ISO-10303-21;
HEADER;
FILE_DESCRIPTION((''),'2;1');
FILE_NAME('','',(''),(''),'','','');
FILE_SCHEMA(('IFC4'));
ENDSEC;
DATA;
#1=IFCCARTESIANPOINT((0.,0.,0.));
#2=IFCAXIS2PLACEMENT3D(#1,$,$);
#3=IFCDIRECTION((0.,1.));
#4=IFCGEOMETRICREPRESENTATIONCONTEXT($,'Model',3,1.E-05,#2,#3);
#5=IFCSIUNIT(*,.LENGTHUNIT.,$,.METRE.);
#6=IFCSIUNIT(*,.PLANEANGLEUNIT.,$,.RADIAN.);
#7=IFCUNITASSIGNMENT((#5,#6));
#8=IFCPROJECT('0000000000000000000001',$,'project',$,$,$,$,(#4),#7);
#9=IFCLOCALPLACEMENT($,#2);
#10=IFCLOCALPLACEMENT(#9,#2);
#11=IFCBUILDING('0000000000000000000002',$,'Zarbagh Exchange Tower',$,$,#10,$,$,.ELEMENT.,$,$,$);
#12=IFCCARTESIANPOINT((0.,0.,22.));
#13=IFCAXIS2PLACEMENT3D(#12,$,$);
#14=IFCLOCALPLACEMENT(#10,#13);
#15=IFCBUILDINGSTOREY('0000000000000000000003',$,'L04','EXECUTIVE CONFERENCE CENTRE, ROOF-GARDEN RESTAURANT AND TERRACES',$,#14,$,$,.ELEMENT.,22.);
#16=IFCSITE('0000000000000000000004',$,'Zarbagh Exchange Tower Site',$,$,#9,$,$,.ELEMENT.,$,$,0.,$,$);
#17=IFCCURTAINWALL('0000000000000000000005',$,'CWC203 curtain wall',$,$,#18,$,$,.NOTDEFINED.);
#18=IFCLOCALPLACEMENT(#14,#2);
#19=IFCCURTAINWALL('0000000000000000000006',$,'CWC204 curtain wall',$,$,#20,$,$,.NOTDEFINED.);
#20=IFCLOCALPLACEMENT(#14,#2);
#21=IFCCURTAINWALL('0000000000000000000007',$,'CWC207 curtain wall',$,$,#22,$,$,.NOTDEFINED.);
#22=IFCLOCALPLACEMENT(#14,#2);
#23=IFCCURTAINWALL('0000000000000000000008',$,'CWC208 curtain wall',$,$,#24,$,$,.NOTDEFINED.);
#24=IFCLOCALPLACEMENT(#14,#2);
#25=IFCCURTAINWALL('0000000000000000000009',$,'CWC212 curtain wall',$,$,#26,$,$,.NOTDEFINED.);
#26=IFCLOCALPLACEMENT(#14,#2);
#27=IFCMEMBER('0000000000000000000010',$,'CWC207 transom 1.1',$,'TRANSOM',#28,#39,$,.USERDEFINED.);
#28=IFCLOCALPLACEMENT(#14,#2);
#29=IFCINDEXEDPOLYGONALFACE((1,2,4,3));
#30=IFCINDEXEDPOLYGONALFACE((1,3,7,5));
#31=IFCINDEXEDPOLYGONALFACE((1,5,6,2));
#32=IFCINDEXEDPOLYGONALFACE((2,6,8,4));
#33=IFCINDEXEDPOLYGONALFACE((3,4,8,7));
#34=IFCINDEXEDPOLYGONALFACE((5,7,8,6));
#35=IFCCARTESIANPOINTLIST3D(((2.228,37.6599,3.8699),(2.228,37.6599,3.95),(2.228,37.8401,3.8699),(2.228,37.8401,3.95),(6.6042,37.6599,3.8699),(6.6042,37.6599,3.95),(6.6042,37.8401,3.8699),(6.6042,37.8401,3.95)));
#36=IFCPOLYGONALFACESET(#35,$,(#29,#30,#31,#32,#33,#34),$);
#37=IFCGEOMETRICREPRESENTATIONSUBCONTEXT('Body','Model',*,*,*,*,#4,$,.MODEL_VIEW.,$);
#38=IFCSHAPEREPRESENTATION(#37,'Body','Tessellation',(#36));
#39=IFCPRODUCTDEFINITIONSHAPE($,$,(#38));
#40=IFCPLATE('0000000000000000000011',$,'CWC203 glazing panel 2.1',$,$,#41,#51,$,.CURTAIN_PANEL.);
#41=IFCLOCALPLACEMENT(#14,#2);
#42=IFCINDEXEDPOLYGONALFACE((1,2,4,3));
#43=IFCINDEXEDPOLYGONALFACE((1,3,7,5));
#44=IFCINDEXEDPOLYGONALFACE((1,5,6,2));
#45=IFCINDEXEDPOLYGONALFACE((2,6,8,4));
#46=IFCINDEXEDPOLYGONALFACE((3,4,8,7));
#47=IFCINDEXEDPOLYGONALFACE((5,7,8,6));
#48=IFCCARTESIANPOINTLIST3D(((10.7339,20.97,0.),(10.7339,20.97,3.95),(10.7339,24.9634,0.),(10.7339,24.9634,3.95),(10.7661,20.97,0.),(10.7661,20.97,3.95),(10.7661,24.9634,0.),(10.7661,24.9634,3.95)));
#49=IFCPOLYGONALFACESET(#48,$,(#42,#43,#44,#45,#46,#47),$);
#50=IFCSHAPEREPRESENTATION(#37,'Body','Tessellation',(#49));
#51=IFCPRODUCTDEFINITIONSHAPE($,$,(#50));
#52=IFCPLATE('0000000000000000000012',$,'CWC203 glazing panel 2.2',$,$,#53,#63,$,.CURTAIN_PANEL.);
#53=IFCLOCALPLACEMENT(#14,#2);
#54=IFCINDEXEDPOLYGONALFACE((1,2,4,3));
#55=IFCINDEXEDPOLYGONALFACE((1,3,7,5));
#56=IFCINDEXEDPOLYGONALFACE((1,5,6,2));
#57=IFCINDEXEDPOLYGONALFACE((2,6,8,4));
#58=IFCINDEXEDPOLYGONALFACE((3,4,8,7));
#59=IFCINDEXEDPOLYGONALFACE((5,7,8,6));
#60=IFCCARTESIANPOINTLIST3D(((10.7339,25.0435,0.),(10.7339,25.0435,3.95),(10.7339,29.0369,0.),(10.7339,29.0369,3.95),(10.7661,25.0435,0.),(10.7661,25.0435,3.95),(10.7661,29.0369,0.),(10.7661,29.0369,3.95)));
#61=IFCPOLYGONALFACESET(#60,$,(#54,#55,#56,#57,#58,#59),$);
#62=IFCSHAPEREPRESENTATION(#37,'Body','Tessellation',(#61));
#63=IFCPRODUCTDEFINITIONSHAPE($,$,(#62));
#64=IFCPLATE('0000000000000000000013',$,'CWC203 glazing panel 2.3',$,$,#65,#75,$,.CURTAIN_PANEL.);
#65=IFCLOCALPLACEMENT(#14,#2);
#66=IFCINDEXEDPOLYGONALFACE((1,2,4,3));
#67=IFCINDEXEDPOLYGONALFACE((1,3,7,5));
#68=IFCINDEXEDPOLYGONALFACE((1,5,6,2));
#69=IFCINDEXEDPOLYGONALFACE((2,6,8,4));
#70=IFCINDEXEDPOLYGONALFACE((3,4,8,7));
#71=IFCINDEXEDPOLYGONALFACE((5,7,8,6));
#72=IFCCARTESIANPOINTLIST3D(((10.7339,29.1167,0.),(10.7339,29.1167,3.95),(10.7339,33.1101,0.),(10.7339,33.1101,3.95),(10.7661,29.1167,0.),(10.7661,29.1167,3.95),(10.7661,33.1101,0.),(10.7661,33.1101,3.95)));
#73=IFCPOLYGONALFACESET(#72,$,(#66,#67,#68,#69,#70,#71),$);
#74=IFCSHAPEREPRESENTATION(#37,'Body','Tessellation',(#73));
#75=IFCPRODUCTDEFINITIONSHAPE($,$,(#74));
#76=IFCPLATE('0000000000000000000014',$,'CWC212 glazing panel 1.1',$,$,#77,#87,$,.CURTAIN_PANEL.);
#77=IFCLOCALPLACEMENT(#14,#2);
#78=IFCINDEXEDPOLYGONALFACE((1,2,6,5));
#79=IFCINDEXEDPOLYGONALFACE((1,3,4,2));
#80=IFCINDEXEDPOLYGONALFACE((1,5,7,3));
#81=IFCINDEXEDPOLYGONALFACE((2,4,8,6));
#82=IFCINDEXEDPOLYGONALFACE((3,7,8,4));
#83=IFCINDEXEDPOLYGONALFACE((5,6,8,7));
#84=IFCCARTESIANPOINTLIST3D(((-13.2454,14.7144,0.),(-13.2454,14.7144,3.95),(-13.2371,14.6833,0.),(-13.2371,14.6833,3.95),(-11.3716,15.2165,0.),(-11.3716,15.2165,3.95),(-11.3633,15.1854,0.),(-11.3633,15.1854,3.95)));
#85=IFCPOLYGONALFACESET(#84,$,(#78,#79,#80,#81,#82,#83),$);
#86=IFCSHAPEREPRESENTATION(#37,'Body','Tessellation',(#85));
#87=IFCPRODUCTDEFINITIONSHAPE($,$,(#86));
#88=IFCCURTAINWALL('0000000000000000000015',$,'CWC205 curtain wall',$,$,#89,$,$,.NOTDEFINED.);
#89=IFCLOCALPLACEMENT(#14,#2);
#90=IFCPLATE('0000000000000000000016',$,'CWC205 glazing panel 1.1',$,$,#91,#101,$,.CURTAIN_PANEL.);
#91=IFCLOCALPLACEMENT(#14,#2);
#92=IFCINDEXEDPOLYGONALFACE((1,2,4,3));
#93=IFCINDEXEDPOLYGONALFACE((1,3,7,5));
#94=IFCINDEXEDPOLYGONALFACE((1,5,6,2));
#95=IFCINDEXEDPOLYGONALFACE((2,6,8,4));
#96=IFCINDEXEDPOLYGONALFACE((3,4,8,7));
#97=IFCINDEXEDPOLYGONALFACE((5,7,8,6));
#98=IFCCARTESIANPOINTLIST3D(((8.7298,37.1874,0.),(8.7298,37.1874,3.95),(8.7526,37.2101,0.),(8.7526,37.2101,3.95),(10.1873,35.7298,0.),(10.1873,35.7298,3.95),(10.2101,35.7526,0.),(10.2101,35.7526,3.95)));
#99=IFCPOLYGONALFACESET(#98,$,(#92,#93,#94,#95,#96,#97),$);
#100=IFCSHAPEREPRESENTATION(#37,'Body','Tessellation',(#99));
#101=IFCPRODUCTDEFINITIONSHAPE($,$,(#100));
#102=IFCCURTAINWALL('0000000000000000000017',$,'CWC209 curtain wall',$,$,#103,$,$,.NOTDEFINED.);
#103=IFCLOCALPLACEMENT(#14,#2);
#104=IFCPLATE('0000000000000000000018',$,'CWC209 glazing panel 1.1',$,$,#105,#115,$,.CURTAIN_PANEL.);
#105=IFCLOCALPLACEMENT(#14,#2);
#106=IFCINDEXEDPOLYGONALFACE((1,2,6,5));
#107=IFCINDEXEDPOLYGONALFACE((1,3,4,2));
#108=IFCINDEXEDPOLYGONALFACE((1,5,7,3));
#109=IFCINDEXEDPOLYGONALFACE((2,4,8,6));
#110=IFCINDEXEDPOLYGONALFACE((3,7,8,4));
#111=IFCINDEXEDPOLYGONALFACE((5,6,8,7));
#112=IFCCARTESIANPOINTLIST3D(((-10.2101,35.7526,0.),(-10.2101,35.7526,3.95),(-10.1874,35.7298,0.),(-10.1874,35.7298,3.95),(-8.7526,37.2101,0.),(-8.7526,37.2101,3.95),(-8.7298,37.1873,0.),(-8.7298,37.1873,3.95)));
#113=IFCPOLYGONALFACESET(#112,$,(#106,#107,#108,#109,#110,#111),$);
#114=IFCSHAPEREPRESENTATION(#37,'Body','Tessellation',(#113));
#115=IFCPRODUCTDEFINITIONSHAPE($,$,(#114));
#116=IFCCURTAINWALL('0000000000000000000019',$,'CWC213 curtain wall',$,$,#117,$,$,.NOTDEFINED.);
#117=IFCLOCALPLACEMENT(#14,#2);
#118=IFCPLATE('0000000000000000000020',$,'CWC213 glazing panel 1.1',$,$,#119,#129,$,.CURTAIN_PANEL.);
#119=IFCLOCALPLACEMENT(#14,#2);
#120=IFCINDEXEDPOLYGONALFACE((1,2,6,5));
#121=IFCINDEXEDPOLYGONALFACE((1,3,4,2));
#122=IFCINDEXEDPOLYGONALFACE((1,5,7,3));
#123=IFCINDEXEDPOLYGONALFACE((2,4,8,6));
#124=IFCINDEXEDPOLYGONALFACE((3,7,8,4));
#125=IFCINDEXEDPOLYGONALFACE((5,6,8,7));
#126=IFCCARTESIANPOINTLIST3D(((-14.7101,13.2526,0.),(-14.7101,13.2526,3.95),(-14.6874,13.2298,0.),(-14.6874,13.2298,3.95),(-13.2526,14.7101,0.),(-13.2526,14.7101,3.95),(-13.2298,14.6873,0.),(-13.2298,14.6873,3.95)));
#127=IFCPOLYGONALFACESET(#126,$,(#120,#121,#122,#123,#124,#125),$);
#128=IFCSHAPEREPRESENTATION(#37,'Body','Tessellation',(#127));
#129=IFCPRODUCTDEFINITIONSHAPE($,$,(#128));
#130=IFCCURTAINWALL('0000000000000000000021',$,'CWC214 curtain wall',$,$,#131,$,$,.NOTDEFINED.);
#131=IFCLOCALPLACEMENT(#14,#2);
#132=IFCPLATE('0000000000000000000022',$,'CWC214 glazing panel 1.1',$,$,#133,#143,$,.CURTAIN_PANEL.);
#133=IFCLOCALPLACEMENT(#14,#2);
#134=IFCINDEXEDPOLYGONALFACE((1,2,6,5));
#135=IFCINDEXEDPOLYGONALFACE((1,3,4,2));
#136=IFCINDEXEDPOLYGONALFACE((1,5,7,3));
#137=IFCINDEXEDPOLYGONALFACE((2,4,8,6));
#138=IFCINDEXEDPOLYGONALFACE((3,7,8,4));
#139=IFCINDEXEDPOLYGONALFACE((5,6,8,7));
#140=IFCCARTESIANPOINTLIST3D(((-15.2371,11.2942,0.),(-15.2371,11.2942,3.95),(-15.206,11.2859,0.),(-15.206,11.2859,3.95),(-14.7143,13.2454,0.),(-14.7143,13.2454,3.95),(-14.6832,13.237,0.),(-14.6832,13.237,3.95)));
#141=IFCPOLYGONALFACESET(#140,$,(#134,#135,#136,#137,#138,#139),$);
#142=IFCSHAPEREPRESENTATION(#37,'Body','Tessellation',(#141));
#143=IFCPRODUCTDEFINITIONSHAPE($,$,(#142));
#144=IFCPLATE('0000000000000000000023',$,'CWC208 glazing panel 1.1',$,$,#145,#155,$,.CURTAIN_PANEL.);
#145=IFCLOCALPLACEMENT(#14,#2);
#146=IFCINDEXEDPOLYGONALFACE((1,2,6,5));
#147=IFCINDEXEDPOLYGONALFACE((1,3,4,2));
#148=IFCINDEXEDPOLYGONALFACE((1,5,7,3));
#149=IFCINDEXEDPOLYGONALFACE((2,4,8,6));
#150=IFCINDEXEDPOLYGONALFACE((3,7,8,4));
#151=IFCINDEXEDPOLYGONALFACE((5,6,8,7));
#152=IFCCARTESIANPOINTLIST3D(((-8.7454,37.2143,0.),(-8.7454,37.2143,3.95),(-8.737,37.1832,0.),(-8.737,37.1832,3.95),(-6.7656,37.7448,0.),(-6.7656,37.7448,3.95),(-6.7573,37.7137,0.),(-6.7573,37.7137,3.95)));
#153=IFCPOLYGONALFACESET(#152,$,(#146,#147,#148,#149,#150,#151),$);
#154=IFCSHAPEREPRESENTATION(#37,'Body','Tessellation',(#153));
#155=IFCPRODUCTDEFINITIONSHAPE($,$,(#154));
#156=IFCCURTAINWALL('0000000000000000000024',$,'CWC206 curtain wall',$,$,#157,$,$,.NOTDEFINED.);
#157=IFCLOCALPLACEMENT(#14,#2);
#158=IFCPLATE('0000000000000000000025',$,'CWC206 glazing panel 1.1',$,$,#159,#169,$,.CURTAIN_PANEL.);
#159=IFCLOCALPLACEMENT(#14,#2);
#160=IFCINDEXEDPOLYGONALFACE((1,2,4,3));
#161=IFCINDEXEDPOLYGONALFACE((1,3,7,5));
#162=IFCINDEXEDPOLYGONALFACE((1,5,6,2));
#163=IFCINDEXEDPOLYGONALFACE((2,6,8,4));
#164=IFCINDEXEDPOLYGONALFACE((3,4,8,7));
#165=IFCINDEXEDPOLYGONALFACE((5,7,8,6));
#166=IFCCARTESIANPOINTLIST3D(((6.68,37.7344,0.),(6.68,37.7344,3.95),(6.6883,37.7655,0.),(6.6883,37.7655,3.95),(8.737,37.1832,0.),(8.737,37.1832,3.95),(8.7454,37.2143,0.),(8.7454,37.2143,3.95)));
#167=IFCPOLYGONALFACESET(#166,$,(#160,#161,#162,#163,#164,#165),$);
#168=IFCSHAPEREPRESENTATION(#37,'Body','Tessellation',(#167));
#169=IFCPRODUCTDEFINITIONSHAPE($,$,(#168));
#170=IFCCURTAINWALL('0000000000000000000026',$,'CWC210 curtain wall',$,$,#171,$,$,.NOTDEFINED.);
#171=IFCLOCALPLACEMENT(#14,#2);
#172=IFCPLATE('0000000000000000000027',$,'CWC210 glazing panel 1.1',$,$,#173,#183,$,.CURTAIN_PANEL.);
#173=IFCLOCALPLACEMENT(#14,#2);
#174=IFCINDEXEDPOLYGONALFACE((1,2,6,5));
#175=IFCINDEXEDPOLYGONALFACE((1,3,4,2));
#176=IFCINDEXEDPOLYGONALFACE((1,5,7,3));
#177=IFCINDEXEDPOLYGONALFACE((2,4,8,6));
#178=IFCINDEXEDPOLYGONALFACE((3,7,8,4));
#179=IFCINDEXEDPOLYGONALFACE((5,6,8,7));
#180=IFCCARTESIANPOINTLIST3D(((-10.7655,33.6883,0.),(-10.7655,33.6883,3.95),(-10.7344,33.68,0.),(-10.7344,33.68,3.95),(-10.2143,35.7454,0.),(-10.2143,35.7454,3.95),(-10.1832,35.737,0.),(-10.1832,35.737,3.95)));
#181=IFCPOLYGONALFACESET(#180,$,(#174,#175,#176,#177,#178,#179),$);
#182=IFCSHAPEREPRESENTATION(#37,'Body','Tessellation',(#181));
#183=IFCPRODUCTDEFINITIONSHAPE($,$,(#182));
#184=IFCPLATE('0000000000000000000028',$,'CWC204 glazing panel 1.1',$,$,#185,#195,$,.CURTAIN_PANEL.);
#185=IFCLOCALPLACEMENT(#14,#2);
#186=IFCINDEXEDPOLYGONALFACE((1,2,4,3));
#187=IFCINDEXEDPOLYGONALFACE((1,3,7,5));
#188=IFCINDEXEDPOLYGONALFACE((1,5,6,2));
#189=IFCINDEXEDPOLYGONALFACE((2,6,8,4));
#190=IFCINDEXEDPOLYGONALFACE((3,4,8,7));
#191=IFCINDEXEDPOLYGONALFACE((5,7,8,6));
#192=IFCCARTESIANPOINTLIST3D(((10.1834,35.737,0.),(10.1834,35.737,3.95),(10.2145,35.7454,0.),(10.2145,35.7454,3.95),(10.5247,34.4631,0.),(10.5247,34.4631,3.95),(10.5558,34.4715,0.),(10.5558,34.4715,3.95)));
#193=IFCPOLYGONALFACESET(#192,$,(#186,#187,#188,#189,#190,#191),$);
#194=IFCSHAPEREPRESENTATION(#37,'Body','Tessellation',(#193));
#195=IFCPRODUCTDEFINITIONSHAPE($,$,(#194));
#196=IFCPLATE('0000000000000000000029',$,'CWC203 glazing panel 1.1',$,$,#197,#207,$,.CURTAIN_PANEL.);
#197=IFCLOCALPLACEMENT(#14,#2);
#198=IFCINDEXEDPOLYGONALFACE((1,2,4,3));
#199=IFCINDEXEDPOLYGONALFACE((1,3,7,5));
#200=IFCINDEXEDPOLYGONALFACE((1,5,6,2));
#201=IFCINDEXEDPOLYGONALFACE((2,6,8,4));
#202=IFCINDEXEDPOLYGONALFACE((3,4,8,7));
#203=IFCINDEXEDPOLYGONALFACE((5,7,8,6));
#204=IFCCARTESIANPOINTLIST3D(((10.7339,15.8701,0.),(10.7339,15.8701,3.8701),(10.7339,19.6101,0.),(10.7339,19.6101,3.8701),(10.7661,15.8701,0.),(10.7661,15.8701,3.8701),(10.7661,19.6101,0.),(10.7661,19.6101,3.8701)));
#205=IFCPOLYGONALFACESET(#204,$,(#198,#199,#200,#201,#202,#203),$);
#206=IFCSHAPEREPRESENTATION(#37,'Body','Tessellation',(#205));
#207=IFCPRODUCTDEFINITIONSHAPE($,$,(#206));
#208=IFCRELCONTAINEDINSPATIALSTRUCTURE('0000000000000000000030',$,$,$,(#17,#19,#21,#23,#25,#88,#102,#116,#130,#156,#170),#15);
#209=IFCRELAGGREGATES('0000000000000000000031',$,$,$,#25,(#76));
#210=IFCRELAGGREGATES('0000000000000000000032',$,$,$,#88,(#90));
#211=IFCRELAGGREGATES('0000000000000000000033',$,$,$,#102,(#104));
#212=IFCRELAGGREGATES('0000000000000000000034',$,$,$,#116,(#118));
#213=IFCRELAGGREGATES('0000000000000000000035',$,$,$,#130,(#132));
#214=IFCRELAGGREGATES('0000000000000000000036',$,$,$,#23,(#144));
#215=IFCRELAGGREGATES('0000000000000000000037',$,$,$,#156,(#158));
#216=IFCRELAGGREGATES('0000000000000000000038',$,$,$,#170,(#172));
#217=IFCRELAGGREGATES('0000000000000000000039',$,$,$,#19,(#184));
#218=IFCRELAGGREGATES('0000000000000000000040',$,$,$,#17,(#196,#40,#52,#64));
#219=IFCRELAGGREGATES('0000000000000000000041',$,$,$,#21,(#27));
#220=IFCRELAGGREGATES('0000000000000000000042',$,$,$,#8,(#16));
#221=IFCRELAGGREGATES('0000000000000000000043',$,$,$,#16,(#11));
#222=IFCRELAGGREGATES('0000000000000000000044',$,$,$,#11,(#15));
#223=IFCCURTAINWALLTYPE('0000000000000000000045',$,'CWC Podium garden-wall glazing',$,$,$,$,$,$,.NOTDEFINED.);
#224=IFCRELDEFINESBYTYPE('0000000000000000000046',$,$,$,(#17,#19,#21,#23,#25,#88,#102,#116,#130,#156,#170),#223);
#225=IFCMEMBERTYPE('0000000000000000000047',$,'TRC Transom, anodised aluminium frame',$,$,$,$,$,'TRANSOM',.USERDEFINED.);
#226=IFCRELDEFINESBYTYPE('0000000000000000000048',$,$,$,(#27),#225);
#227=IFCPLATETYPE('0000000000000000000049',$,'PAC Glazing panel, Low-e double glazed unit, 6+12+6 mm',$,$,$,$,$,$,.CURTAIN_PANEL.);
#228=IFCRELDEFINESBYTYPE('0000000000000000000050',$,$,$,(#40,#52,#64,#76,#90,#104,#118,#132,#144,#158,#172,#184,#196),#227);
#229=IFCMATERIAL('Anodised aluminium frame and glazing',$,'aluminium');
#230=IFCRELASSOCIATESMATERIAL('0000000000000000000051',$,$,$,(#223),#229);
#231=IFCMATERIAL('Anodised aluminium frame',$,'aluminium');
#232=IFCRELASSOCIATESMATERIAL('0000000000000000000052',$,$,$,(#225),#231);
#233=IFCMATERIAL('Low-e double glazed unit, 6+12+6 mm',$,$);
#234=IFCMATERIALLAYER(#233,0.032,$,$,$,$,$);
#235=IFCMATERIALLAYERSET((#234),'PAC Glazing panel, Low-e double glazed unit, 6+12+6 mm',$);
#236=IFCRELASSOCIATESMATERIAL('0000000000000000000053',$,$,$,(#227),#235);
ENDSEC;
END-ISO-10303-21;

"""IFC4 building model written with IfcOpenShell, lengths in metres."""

from ifc_helpers import new_model, si_unit, direction, frame, origin, place, context, subcontext, project, spatial, polyline, outline, extrude, source, transform, mapped, material, layer, layer_set, type_object, element, aggregate, save


model = new_model("IFC4")

# Units and contexts
model_context = context("Model", 3, precision=1e-05, world=origin(), true_north=direction((0.0, 1.0)))
body_context = subcontext(model_context, "Body", "Model", "MODEL_VIEW")
ifc_project = project(units=[si_unit("LENGTHUNIT", "METRE"), si_unit("PLANEANGLEUNIT", "RADIAN")], contexts=[model_context])

# Site, building, storey
site_placement = place(None, origin())
site = spatial("IfcSite", under=ifc_project, at=site_placement, Name="Zarbagh Exchange Tower Site", CompositionType="ELEMENT", RefElevation=0.0)
building_placement = place(site_placement, origin())
building = spatial("IfcBuilding", under=site, at=building_placement, Name="Zarbagh Exchange Tower", CompositionType="ELEMENT")
storey_placement = place(building_placement, frame((0.0, 0.0, 22.0)))
storey = spatial("IfcBuildingStorey", under=building, at=storey_placement, Name="L04", Description="EXECUTIVE CONFERENCE CENTRE, ROOF-GARDEN RESTAURANT AND TERRACES", CompositionType="ELEMENT", Elevation=22.0)

# Curtain wall
ifc_material_1 = material(Name="Anodised aluminium frame and glazing", Category="aluminium")
curtain_wall_type = type_object("IfcCurtainWallType", Name="CWC Podium garden-wall glazing", PredefinedType="NOTDEFINED", material=ifc_material_1)
curtain_wall_1_placement = place(storey_placement, origin())
curtain_wall_1 = element("IfcCurtainWall", 1, at=curtain_wall_1_placement, inside=storey, type_object=curtain_wall_type, Name="CWC203 curtain wall", PredefinedType="NOTDEFINED")
ifc_material_2 = material(Name="Anodised aluminium frame", Category="aluminium")
member_type_1 = type_object("IfcMemberType", Name="TRC Transom, anodised aluminium frame", ElementType="TRANSOM", PredefinedType="USERDEFINED", material=ifc_material_2)
placement = place(storey_placement, origin())

# Curtain wall
curtain_wall_2_placement = place(storey_placement, origin())
curtain_wall_2 = element("IfcCurtainWall", 2, at=curtain_wall_2_placement, inside=storey, type_object=curtain_wall_type, Name="CWC204 curtain wall", PredefinedType="NOTDEFINED")

# Curtain wall
curtain_wall_3_placement = place(storey_placement, origin())
curtain_wall_3 = element("IfcCurtainWall", 3, at=curtain_wall_3_placement, inside=storey, type_object=curtain_wall_type, Name="CWC207 curtain wall", PredefinedType="NOTDEFINED")

# Curtain wall
curtain_wall_4_placement = place(storey_placement, origin())
curtain_wall_4 = element("IfcCurtainWall", 4, at=curtain_wall_4_placement, inside=storey, type_object=curtain_wall_type, Name="CWC208 curtain wall", PredefinedType="NOTDEFINED")

# Curtain wall
curtain_wall_5_placement = place(storey_placement, origin())
curtain_wall_5 = element("IfcCurtainWall", 5, at=curtain_wall_5_placement, inside=storey, type_object=curtain_wall_type, Name="CWC212 curtain wall", PredefinedType="NOTDEFINED")

# Member
shared_shape_1 = source(origin(), body_context, "Body", "SweptSolid", [
    extrude(outline(polyline([(-0.0801, -0.0901), (0.0, -0.0901), (0.0, 0.0901), (-0.0801, 0.0901), (-0.0801, -0.0901)])), origin(), (0.0, 0.0, 1.0), 4.3762),
])
member_1 = element("IfcMember", 6, at=placement, type_object=member_type_1, Name="CWC207 transom 1.1", ObjectType="TRANSOM", PredefinedType="USERDEFINED", context=body_context, shape_type="MappedRepresentation", body=[
    mapped(shared_shape_1, transform((6.6042, 37.75, 3.95), x_axis=(0.0, 0.0, 1.0), y_axis=(0.0, 1.0, 0.0), z_axis=(-1.0, 0.0, 0.0))),
])

# Plates
ifc_material_3 = material(Name="Low-e double glazed unit, 6+12+6 mm")
ifc_layer = layer(ifc_material_3, 0.032)
ifc_layer_set = layer_set([ifc_layer], Name="PAC Glazing panel, Low-e double glazed unit, 6+12+6 mm")
plate_type = type_object("IfcPlateType", Name="PAC Glazing panel, Low-e double glazed unit, 6+12+6 mm", PredefinedType="CURTAIN_PANEL", material=ifc_layer_set)
shared_shape_2 = source(origin(), body_context, "Body", "SweptSolid", [
    extrude(outline(polyline([(0.0, -0.0161), (3.9934, -0.0161), (3.9934, 0.0161), (0.0, 0.0161), (0.0, -0.0161)])), origin(), (0.0, 0.0, 1.0), 3.95),
])
plate_1 = element("IfcPlate", 7, at=placement, type_object=plate_type, Name="CWC203 glazing panel 2.1", PredefinedType="CURTAIN_PANEL", context=body_context, shape_type="MappedRepresentation", body=[
    mapped(shared_shape_2, transform((10.75, 20.97, 0.0), x_axis=(0.0, 1.0, 0.0), y_axis=(-1.0, 0.0, 0.0), z_axis=(0.0, 0.0, 1.0))),
])
plate_2 = element("IfcPlate", 8, at=placement, type_object=plate_type, Name="CWC203 glazing panel 2.2", PredefinedType="CURTAIN_PANEL", context=body_context, shape_type="MappedRepresentation", body=[
    mapped(shared_shape_2, transform((10.75, 25.0435, 0.0), x_axis=(0.0, 1.0, 0.0), y_axis=(-1.0, 0.0, 0.0), z_axis=(0.0, 0.0, 1.0))),
])
plate_3 = element("IfcPlate", 9, at=placement, type_object=plate_type, Name="CWC203 glazing panel 2.3", PredefinedType="CURTAIN_PANEL", context=body_context, shape_type="MappedRepresentation", body=[
    mapped(shared_shape_2, transform((10.75, 29.1167, 0.0), x_axis=(0.0, 1.0, 0.0), y_axis=(-1.0, 0.0, 0.0), z_axis=(0.0, 0.0, 1.0))),
])
shared_shape_3 = source(origin(), body_context, "Body", "SweptSolid", [
    extrude(outline(polyline([(0.0, -0.0161), (1.9399, -0.0161), (1.9399, 0.0161), (0.0, 0.0161), (0.0, -0.0161)])), origin(), (0.0, 0.0, 1.0), 3.95),
])
plate_4 = element("IfcPlate", 10, at=placement, type_object=plate_type, Name="CWC212 glazing panel 1.1", PredefinedType="CURTAIN_PANEL", context=body_context, shape_type="MappedRepresentation", body=[
    mapped(shared_shape_3, transform((-11.3674, 15.2009, 0.0), x_axis=(-0.965924, -0.258825, 0.0), y_axis=(0.258825, -0.965924, 0.0), z_axis=(0.0, 0.0, 1.0))),
])
aggregate(curtain_wall_5, [plate_4])

# Curtain walls, plates
curtain_wall_6_placement = place(storey_placement, origin())
curtain_wall_6 = element("IfcCurtainWall", 11, at=curtain_wall_6_placement, inside=storey, type_object=curtain_wall_type, Name="CWC205 curtain wall", PredefinedType="NOTDEFINED")
shared_shape_4 = source(origin(), body_context, "Body", "SweptSolid", [
    extrude(outline(polyline([(0.0, -0.0161), (2.0613, -0.0161), (2.0613, 0.0161), (0.0, 0.0161), (0.0, -0.0161)])), origin(), (0.0, 0.0, 1.0), 3.95),
])
plate_5 = element("IfcPlate", 12, at=placement, type_object=plate_type, Name="CWC205 glazing panel 1.1", PredefinedType="CURTAIN_PANEL", context=body_context, shape_type="MappedRepresentation", body=[
    mapped(shared_shape_4, transform((10.1987, 35.7412, 0.0), x_axis=(-0.707107, 0.707107, 0.0), y_axis=(-0.707107, -0.707107, 0.0), z_axis=(0.0, 0.0, 1.0))),
])
aggregate(curtain_wall_6, [plate_5])
curtain_wall_7_placement = place(storey_placement, origin())
curtain_wall_7 = element("IfcCurtainWall", 13, at=curtain_wall_7_placement, inside=storey, type_object=curtain_wall_type, Name="CWC209 curtain wall", PredefinedType="NOTDEFINED")
plate_6 = element("IfcPlate", 14, at=placement, type_object=plate_type, Name="CWC209 glazing panel 1.1", PredefinedType="CURTAIN_PANEL", context=body_context, shape_type="MappedRepresentation", body=[
    mapped(shared_shape_4, transform((-8.7412, 37.1987, 0.0), x_axis=(-0.707107, -0.707107, 0.0), y_axis=(0.707107, -0.707107, 0.0), z_axis=(0.0, 0.0, 1.0))),
])
aggregate(curtain_wall_7, [plate_6])
curtain_wall_8_placement = place(storey_placement, origin())
curtain_wall_8 = element("IfcCurtainWall", 15, at=curtain_wall_8_placement, inside=storey, type_object=curtain_wall_type, Name="CWC213 curtain wall", PredefinedType="NOTDEFINED")
plate_7 = element("IfcPlate", 16, at=placement, type_object=plate_type, Name="CWC213 glazing panel 1.1", PredefinedType="CURTAIN_PANEL", context=body_context, shape_type="MappedRepresentation", body=[
    mapped(shared_shape_4, transform((-13.2412, 14.6987, 0.0), x_axis=(-0.707107, -0.707107, 0.0), y_axis=(0.707107, -0.707107, 0.0), z_axis=(0.0, 0.0, 1.0))),
])
aggregate(curtain_wall_8, [plate_7])
curtain_wall_9_placement = place(storey_placement, origin())
curtain_wall_9 = element("IfcCurtainWall", 17, at=curtain_wall_9_placement, inside=storey, type_object=curtain_wall_type, Name="CWC214 curtain wall", PredefinedType="NOTDEFINED")
shared_shape_5 = source(origin(), body_context, "Body", "SweptSolid", [
    extrude(outline(polyline([(0.0, -0.0161), (2.02, -0.0161), (2.02, 0.0161), (0.0, 0.0161), (0.0, -0.0161)])), origin(), (0.0, 0.0, 1.0), 3.95),
])
plate_8 = element("IfcPlate", 18, at=placement, type_object=plate_type, Name="CWC214 glazing panel 1.1", PredefinedType="CURTAIN_PANEL", context=body_context, shape_type="MappedRepresentation", body=[
    mapped(shared_shape_5, transform((-14.6987, 13.2412, 0.0), x_axis=(-0.258825, -0.965924, 0.0), y_axis=(0.965924, -0.258825, 0.0), z_axis=(0.0, 0.0, 1.0))),
])
aggregate(curtain_wall_9, [plate_8])

# Plate
shared_shape_6 = source(origin(), body_context, "Body", "SweptSolid", [
    extrude(outline(polyline([(0.0, -0.0161), (2.0496, -0.0161), (2.0496, 0.0161), (0.0, 0.0161), (0.0, -0.0161)])), origin(), (0.0, 0.0, 1.0), 3.95),
])
plate_9 = element("IfcPlate", 19, at=placement, type_object=plate_type, Name="CWC208 glazing panel 1.1", PredefinedType="CURTAIN_PANEL", context=body_context, shape_type="MappedRepresentation", body=[
    mapped(shared_shape_6, transform((-6.7615, 37.7292, 0.0), x_axis=(-0.965924, -0.258825, 0.0), y_axis=(0.258825, -0.965924, 0.0), z_axis=(0.0, 0.0, 1.0))),
])
aggregate(curtain_wall_4, [plate_9])

# Curtain walls, plates
curtain_wall_10_placement = place(storey_placement, origin())
curtain_wall_10 = element("IfcCurtainWall", 20, at=curtain_wall_10_placement, inside=storey, type_object=curtain_wall_type, Name="CWC206 curtain wall", PredefinedType="NOTDEFINED")
shared_shape_7 = source(origin(), body_context, "Body", "SweptSolid", [
    extrude(outline(polyline([(0.0, -0.0161), (2.1296, -0.0161), (2.1296, 0.0161), (0.0, 0.0161), (0.0, -0.0161)])), origin(), (0.0, 0.0, 1.0), 3.95),
])
plate_10 = element("IfcPlate", 21, at=placement, type_object=plate_type, Name="CWC206 glazing panel 1.1", PredefinedType="CURTAIN_PANEL", context=body_context, shape_type="MappedRepresentation", body=[
    mapped(shared_shape_7, transform((8.7412, 37.1987, 0.0), x_axis=(-0.965924, 0.258825, 0.0), y_axis=(-0.258825, -0.965924, 0.0), z_axis=(0.0, 0.0, 1.0))),
])
aggregate(curtain_wall_10, [plate_10])
curtain_wall_11_placement = place(storey_placement, origin())
curtain_wall_11 = element("IfcCurtainWall", 22, at=curtain_wall_11_placement, inside=storey, type_object=curtain_wall_type, Name="CWC210 curtain wall", PredefinedType="NOTDEFINED")
plate_11 = element("IfcPlate", 23, at=placement, type_object=plate_type, Name="CWC210 glazing panel 1.1", PredefinedType="CURTAIN_PANEL", context=body_context, shape_type="MappedRepresentation", body=[
    mapped(shared_shape_7, transform((-10.1987, 35.7412, 0.0), x_axis=(-0.258825, -0.965924, 0.0), y_axis=(0.965924, -0.258825, 0.0), z_axis=(0.0, 0.0, 1.0))),
])
aggregate(curtain_wall_11, [plate_11])

# Plates
shared_shape_8 = source(origin(), body_context, "Body", "SweptSolid", [
    extrude(outline(polyline([(0.0, -0.0161), (1.3188, -0.0161), (1.3188, 0.0161), (0.0, 0.0161), (0.0, -0.0161)])), origin(), (0.0, 0.0, 1.0), 3.95),
])
plate_12 = element("IfcPlate", 24, at=placement, type_object=plate_type, Name="CWC204 glazing panel 1.1", PredefinedType="CURTAIN_PANEL", context=body_context, shape_type="MappedRepresentation", body=[
    mapped(shared_shape_8, transform((10.5403, 34.4673, 0.0), x_axis=(-0.258825, 0.965924, 0.0), y_axis=(-0.965924, -0.258825, 0.0), z_axis=(0.0, 0.0, 1.0))),
])
aggregate(curtain_wall_2, [plate_12])
shared_shape_9 = source(origin(), body_context, "Body", "SweptSolid", [
    extrude(outline(polyline([(0.0, -0.0161), (3.74, -0.0161), (3.74, 0.0161), (0.0, 0.0161), (0.0, -0.0161)])), origin(), (0.0, 0.0, 1.0), 3.8701),
])
plate_13 = element("IfcPlate", 25, at=placement, type_object=plate_type, Name="CWC203 glazing panel 1.1", PredefinedType="CURTAIN_PANEL", context=body_context, shape_type="MappedRepresentation", body=[
    mapped(shared_shape_9, transform((10.75, 15.8701, 0.0), x_axis=(0.0, 1.0, 0.0), y_axis=(-1.0, 0.0, 0.0), z_axis=(0.0, 0.0, 1.0))),
])
aggregate(curtain_wall_1, [plate_13, plate_1, plate_2, plate_3])
aggregate(curtain_wall_3, [member_1])

save(model, "model.ifc")
